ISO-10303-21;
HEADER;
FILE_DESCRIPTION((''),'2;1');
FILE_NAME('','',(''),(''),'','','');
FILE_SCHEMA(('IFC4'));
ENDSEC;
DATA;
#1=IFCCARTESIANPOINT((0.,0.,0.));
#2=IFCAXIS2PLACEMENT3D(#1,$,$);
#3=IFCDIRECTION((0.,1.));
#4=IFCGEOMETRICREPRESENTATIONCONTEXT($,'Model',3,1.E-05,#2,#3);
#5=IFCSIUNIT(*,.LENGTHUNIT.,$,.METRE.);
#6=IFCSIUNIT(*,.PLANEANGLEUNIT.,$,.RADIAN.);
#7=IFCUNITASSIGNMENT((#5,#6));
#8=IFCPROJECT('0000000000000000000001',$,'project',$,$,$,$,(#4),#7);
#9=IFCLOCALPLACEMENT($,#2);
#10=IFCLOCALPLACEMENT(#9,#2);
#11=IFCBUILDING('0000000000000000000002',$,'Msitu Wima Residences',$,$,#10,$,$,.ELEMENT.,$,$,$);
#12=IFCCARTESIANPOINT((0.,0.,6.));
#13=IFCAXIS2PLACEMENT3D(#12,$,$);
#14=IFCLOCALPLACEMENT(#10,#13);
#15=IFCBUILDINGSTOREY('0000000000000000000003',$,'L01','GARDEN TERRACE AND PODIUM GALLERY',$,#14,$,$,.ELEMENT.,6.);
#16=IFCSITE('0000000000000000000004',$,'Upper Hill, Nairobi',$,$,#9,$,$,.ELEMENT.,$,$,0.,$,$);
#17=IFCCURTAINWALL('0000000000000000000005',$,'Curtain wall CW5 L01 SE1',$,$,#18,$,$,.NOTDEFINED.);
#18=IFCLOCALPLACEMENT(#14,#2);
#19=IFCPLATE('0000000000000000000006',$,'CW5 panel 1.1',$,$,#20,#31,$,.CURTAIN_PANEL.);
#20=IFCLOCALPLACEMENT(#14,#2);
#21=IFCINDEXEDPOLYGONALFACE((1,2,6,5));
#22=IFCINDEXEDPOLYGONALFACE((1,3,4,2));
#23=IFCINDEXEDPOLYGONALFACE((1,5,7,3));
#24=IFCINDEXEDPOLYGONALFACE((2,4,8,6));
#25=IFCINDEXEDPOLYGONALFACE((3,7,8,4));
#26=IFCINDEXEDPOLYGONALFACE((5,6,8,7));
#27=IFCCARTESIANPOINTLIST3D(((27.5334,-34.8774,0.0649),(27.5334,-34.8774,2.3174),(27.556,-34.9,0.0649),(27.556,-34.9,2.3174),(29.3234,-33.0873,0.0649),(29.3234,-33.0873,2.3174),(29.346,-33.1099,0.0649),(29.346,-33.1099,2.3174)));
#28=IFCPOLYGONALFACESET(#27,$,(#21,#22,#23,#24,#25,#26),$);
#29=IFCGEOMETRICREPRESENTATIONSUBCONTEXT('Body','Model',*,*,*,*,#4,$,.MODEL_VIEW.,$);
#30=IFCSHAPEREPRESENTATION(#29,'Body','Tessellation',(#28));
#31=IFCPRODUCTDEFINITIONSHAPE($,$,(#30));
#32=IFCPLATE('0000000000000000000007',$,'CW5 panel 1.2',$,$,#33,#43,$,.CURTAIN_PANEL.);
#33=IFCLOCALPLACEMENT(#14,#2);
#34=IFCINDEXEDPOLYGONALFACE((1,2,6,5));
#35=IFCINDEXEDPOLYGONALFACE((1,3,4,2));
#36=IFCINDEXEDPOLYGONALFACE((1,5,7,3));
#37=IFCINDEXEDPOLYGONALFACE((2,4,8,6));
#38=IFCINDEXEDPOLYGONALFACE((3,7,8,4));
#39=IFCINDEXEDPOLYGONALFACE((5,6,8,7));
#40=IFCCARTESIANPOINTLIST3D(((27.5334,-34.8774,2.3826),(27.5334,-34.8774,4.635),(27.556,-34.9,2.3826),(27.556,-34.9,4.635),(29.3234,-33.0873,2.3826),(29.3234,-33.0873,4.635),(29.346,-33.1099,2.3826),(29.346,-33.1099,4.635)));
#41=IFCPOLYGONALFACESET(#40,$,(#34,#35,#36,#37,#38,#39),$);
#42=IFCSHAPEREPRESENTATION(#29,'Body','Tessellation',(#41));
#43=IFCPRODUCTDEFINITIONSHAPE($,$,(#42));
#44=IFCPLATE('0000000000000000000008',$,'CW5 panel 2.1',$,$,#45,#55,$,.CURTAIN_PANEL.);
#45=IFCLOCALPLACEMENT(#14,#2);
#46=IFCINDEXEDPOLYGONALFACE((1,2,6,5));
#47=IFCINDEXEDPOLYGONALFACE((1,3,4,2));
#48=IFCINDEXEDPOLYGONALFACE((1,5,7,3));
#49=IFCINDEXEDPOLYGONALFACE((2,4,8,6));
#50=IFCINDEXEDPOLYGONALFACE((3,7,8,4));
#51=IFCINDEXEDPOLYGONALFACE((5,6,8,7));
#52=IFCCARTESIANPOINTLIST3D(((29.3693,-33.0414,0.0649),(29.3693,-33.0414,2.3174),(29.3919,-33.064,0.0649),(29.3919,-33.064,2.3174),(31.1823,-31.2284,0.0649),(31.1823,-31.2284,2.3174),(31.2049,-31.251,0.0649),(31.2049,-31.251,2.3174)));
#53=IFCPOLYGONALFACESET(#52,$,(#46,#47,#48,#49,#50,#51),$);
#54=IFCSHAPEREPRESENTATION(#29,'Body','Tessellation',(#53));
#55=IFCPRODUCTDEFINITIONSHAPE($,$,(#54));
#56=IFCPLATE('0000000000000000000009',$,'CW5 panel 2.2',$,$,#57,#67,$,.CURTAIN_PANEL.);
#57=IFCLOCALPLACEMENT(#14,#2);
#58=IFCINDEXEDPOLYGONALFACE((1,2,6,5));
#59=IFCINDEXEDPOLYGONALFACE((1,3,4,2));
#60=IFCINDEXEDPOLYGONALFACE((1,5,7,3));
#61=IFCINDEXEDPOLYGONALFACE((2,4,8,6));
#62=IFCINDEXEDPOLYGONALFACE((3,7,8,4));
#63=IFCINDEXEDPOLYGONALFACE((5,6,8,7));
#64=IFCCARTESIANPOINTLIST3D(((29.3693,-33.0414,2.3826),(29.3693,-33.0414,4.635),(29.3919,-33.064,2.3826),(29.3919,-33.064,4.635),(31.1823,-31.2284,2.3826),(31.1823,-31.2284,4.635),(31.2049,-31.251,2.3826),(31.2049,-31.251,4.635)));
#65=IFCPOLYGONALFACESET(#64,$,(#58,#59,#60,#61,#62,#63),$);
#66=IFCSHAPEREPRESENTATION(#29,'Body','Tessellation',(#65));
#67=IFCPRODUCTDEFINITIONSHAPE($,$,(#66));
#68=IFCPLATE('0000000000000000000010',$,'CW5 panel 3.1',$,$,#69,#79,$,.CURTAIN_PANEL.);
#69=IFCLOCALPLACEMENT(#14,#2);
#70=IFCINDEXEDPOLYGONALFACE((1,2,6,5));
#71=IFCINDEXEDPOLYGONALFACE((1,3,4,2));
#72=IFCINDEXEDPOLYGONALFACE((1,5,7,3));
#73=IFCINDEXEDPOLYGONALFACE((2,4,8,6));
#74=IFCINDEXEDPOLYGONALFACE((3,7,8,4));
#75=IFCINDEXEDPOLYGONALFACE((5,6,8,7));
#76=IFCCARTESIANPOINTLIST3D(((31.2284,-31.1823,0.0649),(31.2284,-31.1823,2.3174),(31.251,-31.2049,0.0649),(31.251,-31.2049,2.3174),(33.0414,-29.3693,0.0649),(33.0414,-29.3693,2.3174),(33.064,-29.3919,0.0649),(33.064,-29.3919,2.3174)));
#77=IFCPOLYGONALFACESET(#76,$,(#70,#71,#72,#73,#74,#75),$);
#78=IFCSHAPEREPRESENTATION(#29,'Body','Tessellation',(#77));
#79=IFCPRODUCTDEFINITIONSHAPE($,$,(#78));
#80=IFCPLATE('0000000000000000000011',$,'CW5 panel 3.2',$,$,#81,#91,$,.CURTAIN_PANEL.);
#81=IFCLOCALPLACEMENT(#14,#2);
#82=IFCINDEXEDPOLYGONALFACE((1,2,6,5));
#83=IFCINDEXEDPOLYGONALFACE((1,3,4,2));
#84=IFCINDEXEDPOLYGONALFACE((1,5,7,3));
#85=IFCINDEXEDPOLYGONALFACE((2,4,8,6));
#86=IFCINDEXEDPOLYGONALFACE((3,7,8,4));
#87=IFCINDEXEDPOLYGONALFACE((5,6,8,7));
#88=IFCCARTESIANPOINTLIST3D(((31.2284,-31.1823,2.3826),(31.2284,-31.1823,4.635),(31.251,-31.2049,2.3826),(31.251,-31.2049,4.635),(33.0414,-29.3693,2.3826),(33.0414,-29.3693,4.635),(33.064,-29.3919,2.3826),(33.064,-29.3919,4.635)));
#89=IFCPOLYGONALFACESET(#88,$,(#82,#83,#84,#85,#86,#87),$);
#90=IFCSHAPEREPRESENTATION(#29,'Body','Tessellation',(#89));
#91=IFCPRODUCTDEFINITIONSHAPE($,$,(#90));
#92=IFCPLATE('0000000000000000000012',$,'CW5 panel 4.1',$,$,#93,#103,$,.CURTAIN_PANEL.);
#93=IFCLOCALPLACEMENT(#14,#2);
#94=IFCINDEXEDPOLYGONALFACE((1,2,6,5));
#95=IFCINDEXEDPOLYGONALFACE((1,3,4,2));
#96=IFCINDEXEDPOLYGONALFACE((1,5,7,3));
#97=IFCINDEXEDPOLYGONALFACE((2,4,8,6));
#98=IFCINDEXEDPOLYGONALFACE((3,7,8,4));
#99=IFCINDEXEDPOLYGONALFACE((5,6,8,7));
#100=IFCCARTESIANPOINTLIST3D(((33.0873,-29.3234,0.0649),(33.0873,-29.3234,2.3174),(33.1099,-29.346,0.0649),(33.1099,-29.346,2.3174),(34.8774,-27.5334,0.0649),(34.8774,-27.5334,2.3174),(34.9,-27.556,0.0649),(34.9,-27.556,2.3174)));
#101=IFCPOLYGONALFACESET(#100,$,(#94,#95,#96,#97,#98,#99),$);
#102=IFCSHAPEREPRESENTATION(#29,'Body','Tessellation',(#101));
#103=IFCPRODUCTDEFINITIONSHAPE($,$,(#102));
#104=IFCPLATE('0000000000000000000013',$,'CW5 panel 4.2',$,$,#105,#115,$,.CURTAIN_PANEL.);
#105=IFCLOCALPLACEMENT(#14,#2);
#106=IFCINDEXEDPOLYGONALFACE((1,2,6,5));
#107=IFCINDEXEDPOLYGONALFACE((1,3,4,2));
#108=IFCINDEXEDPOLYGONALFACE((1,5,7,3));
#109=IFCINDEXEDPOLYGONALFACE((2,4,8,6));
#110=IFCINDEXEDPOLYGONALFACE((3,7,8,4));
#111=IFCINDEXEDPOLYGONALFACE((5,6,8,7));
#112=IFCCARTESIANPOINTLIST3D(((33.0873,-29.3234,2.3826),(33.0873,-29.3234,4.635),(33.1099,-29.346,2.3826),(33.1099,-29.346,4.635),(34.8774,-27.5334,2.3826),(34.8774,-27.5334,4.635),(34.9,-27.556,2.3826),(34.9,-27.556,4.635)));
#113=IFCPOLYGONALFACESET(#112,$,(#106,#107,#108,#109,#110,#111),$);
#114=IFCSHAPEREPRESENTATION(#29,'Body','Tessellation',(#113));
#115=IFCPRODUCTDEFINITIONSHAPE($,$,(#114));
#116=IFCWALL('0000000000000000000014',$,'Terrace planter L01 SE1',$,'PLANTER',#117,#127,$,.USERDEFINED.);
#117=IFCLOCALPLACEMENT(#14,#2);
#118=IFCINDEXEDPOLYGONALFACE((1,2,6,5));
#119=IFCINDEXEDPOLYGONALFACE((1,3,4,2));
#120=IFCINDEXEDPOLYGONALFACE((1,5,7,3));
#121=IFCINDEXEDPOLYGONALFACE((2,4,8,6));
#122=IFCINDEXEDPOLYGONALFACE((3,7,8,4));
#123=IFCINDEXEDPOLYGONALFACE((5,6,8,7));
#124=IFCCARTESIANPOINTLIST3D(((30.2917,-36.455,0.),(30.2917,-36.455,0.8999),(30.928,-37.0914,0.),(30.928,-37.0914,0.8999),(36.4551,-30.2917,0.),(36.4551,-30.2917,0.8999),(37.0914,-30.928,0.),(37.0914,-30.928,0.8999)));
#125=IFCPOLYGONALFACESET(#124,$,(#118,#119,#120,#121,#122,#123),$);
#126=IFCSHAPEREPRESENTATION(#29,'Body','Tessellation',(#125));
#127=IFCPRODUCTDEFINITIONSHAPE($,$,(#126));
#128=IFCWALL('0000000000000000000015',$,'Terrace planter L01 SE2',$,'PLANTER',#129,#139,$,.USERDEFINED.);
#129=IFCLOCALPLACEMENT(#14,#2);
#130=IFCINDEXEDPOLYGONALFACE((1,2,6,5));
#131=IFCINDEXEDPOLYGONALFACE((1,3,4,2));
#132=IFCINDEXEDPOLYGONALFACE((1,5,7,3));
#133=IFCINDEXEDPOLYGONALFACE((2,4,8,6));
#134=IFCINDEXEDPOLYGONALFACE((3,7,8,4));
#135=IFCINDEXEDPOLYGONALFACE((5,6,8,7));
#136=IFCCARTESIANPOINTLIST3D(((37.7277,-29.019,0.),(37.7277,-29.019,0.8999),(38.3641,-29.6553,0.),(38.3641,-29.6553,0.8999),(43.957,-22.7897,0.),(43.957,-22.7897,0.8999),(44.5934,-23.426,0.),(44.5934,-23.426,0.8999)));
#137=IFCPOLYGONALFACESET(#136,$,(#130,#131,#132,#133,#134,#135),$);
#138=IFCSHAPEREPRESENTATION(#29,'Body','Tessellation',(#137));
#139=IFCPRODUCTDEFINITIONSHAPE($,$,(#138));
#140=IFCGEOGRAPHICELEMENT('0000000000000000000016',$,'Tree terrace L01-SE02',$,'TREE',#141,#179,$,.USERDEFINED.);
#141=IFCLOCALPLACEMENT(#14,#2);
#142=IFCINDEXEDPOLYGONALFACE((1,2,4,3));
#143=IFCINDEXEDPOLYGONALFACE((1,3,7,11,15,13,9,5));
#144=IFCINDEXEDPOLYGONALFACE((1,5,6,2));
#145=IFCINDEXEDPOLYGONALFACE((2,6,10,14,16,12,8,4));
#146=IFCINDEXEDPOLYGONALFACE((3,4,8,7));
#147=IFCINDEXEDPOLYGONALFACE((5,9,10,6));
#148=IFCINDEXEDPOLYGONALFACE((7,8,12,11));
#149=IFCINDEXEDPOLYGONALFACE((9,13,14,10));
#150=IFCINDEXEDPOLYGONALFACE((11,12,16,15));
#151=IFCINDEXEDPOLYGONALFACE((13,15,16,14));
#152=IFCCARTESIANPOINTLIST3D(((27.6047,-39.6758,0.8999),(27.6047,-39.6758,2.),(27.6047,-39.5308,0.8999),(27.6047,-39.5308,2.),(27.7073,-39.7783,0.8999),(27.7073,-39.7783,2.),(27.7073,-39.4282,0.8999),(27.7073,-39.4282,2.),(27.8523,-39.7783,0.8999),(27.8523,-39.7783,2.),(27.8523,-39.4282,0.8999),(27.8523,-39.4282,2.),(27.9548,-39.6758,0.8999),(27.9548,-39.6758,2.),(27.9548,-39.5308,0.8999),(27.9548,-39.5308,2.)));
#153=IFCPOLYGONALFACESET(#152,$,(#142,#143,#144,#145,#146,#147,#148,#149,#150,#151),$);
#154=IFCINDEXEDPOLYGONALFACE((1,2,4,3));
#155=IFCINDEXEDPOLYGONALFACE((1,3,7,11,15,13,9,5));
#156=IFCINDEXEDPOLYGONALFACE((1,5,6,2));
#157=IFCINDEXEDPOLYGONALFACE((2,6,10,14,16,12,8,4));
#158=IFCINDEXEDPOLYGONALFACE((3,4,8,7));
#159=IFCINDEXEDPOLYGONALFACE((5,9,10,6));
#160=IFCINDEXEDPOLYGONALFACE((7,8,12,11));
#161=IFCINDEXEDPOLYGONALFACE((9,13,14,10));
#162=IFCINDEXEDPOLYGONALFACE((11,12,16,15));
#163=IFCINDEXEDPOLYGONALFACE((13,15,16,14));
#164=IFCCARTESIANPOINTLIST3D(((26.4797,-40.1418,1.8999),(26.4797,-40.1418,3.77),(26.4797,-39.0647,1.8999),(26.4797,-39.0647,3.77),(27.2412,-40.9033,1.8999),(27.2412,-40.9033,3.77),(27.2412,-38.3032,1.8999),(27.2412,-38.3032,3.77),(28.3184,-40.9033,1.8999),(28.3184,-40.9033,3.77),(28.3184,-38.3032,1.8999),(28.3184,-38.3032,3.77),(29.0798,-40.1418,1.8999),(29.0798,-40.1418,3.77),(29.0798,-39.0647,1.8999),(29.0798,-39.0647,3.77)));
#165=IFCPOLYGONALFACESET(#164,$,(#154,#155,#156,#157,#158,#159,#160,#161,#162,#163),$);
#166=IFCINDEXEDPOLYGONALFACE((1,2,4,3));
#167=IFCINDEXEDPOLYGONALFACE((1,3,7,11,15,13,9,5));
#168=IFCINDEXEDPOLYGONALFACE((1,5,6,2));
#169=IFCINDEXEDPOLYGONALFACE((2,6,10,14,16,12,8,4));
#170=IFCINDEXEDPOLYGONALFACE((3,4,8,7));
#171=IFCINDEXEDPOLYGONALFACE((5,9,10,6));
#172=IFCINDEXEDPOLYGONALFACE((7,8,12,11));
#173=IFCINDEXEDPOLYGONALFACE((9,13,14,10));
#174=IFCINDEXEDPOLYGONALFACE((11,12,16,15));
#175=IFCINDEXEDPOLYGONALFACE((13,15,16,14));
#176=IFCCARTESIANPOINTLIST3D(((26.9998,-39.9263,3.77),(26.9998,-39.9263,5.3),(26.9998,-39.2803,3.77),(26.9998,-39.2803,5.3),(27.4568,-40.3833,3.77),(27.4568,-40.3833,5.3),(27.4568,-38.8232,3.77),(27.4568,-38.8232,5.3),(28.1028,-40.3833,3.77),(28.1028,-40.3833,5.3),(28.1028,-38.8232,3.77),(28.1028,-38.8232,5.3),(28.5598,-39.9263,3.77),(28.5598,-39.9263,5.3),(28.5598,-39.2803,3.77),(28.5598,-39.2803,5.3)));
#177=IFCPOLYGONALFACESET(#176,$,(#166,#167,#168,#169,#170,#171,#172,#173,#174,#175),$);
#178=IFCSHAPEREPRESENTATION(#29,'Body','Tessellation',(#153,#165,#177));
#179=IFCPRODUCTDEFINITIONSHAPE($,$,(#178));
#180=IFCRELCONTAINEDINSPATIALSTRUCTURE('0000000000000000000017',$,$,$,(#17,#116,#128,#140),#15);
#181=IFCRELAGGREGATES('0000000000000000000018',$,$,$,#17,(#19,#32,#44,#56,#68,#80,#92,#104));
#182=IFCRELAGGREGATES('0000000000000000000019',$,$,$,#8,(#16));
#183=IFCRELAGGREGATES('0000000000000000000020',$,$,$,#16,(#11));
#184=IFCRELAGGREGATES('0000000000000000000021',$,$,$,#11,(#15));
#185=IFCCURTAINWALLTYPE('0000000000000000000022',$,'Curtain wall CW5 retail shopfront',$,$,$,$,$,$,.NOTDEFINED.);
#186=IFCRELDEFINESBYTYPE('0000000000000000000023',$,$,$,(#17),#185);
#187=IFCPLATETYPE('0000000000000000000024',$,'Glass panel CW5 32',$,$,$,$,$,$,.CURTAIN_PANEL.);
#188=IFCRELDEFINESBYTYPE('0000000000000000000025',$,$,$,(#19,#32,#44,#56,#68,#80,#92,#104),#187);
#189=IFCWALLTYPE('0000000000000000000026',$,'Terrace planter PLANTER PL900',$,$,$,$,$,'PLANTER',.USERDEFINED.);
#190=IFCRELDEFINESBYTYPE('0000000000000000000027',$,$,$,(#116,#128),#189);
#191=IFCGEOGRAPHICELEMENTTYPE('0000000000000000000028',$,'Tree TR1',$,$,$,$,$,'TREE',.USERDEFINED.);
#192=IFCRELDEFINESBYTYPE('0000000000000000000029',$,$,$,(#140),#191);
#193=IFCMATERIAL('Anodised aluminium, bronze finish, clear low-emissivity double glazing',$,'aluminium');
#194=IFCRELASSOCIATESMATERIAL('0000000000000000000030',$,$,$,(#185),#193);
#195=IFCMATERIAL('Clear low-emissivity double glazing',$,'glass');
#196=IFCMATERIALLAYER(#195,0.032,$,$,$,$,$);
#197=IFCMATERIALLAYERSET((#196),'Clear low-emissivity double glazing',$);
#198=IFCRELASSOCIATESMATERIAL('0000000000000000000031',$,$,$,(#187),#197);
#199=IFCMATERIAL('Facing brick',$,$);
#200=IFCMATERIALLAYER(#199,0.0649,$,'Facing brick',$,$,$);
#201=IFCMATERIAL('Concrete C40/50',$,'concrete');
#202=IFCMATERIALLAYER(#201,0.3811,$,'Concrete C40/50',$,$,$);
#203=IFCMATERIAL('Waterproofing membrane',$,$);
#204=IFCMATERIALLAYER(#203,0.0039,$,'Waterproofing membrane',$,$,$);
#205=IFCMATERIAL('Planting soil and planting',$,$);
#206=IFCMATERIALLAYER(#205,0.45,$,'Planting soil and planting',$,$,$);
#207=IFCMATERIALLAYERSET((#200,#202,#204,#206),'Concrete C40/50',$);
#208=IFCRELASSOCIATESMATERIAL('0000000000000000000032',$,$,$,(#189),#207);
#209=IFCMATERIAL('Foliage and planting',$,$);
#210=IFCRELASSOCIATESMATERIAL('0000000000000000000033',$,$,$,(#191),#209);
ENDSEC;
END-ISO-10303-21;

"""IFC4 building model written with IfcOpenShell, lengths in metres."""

from ifc_helpers import new_model, si_unit, direction, frame, frame_2d, origin, origin_2d, place, context, subcontext, project, spatial, polyline, rectangle, outline, extrude, material, layer, layer_set, type_object, element, aggregate, save


model = new_model("IFC4")

# Units and contexts
model_context = context("Model", 3, precision=1e-05, world=origin(), true_north=direction((0.0, 1.0)))
body_context = subcontext(model_context, "Body", "Model", "MODEL_VIEW")
ifc_project = project(units=[si_unit("LENGTHUNIT", "METRE"), si_unit("PLANEANGLEUNIT", "RADIAN")], contexts=[model_context])

# Site, building, storey
site_placement = place(None, origin())
site = spatial("IfcSite", under=ifc_project, at=site_placement, Name="Upper Hill, Nairobi", CompositionType="ELEMENT", RefElevation=0.0)
building_placement = place(site_placement, origin())
building = spatial("IfcBuilding", under=site, at=building_placement, Name="Msitu Wima Residences", CompositionType="ELEMENT")
storey_placement = place(building_placement, frame((0.0, 0.0, 6.0)))
storey = spatial("IfcBuildingStorey", under=building, at=storey_placement, Name="L01", Description="GARDEN TERRACE AND PODIUM GALLERY", CompositionType="ELEMENT", Elevation=6.0)

# Curtain wall
ifc_material_1 = material(Name="Anodised aluminium, bronze finish, clear low-emissivity double glazing", Category="aluminium")
curtain_wall_type = type_object("IfcCurtainWallType", Name="Curtain wall CW5 retail shopfront", PredefinedType="NOTDEFINED", material=ifc_material_1)
curtain_wall_placement = place(storey_placement, origin())
curtain_wall = element("IfcCurtainWall", 1, at=curtain_wall_placement, inside=storey, type_object=curtain_wall_type, Name="Curtain wall CW5 L01 SE1", PredefinedType="NOTDEFINED")

# Plates
ifc_material_2 = material(Name="Clear low-emissivity double glazing", Category="glass")
ifc_layer_1 = layer(ifc_material_2, 0.032)
ifc_layer_set_1 = layer_set([ifc_layer_1], Name="Clear low-emissivity double glazing")
plate_type = type_object("IfcPlateType", Name="Glass panel CW5 32", PredefinedType="CURTAIN_PANEL", material=ifc_layer_set_1)
plate_1_placement = place(storey_placement, frame((28.4397, -33.9937, 0.0649), z_axis=(0.0, 0.0, 1.0), x_axis=(0.707107, 0.707107, 0.0)))
plate_1 = element("IfcPlate", 2, at=plate_1_placement, type_object=plate_type, Name="CW5 panel 1.1", PredefinedType="CURTAIN_PANEL", context=body_context, shape_type="SweptSolid", body=[
    extrude(rectangle(XDim=2.5315, YDim=0.032, at=origin_2d()), origin(), (0.0, 0.0, 1.0), 2.2524),
])
plate_2_placement = place(storey_placement, frame((28.4397, -33.9937, 2.3826), z_axis=(0.0, 0.0, 1.0), x_axis=(0.707107, 0.707107, 0.0)))
plate_2 = element("IfcPlate", 3, at=plate_2_placement, type_object=plate_type, Name="CW5 panel 1.2", PredefinedType="CURTAIN_PANEL", context=body_context, shape_type="SweptSolid", body=[
    extrude(rectangle(XDim=2.5315, YDim=0.032, at=origin_2d()), origin(), (0.0, 0.0, 1.0), 2.2524),
])
plate_3_placement = place(storey_placement, frame((30.2871, -32.1462, 0.0649), z_axis=(0.0, 0.0, 1.0), x_axis=(0.707107, 0.707107, 0.0)))
plate_3 = element("IfcPlate", 4, at=plate_3_placement, type_object=plate_type, Name="CW5 panel 2.1", PredefinedType="CURTAIN_PANEL", context=body_context, shape_type="SweptSolid", body=[
    extrude(rectangle(XDim=2.564, YDim=0.032, at=origin_2d()), origin(), (0.0, 0.0, 1.0), 2.2524),
])
plate_4_placement = place(storey_placement, frame((30.2871, -32.1462, 2.3826), z_axis=(0.0, 0.0, 1.0), x_axis=(0.707107, 0.707107, 0.0)))
plate_4 = element("IfcPlate", 5, at=plate_4_placement, type_object=plate_type, Name="CW5 panel 2.2", PredefinedType="CURTAIN_PANEL", context=body_context, shape_type="SweptSolid", body=[
    extrude(rectangle(XDim=2.564, YDim=0.032, at=origin_2d()), origin(), (0.0, 0.0, 1.0), 2.2524),
])
plate_5_placement = place(storey_placement, frame((32.1462, -30.2871, 0.0649), z_axis=(0.0, 0.0, 1.0), x_axis=(0.707107, 0.707107, 0.0)))
plate_5 = element("IfcPlate", 6, at=plate_5_placement, type_object=plate_type, Name="CW5 panel 3.1", PredefinedType="CURTAIN_PANEL", context=body_context, shape_type="SweptSolid", body=[
    extrude(rectangle(XDim=2.564, YDim=0.032, at=origin_2d()), origin(), (0.0, 0.0, 1.0), 2.2524),
])
plate_6_placement = place(storey_placement, frame((32.1462, -30.2871, 2.3826), z_axis=(0.0, 0.0, 1.0), x_axis=(0.707107, 0.707107, 0.0)))
plate_6 = element("IfcPlate", 7, at=plate_6_placement, type_object=plate_type, Name="CW5 panel 3.2", PredefinedType="CURTAIN_PANEL", context=body_context, shape_type="SweptSolid", body=[
    extrude(rectangle(XDim=2.564, YDim=0.032, at=origin_2d()), origin(), (0.0, 0.0, 1.0), 2.2524),
])
plate_7_placement = place(storey_placement, frame((33.9937, -28.4397, 0.0649), z_axis=(0.0, 0.0, 1.0), x_axis=(0.707107, 0.707107, 0.0)))
plate_7 = element("IfcPlate", 8, at=plate_7_placement, type_object=plate_type, Name="CW5 panel 4.1", PredefinedType="CURTAIN_PANEL", context=body_context, shape_type="SweptSolid", body=[
    extrude(rectangle(XDim=2.5315, YDim=0.032, at=origin_2d()), origin(), (0.0, 0.0, 1.0), 2.2524),
])
plate_8_placement = place(storey_placement, frame((33.9937, -28.4397, 2.3826), z_axis=(0.0, 0.0, 1.0), x_axis=(0.707107, 0.707107, 0.0)))
plate_8 = element("IfcPlate", 9, at=plate_8_placement, type_object=plate_type, Name="CW5 panel 4.2", PredefinedType="CURTAIN_PANEL", context=body_context, shape_type="SweptSolid", body=[
    extrude(rectangle(XDim=2.5315, YDim=0.032, at=origin_2d()), origin(), (0.0, 0.0, 1.0), 2.2524),
])
aggregate(curtain_wall, [plate_1, plate_2, plate_3, plate_4, plate_5, plate_6, plate_7, plate_8])

# Walls
ifc_material_3 = material(Name="Facing brick")
ifc_layer_2 = layer(ifc_material_3, 0.0649, Name="Facing brick")
ifc_material_4 = material(Name="Concrete C40/50", Category="concrete")
ifc_layer_3 = layer(ifc_material_4, 0.3811, Name="Concrete C40/50")
ifc_material_5 = material(Name="Waterproofing membrane")
ifc_layer_4 = layer(ifc_material_5, 0.0039, Name="Waterproofing membrane")
ifc_material_6 = material(Name="Planting soil and planting")
ifc_layer_5 = layer(ifc_material_6, 0.45, Name="Planting soil and planting")
ifc_layer_set_2 = layer_set([ifc_layer_2, ifc_layer_3, ifc_layer_4, ifc_layer_5], Name="Concrete C40/50")
wall_type = type_object("IfcWallType", Name="Terrace planter PLANTER PL900", ElementType="PLANTER", PredefinedType="USERDEFINED", material=ifc_layer_set_2)
wall_1_placement = place(storey_placement, frame((30.6099, -36.7732, 0.0), z_axis=(0.0, 0.0, 1.0), x_axis=(0.707107, 0.707107, 0.0)))
element("IfcWall", 10, at=wall_1_placement, inside=storey, type_object=wall_type, Name="Terrace planter L01 SE1", ObjectType="PLANTER", PredefinedType="USERDEFINED", context=body_context, shape_type="SweptSolid", body=[
    extrude(rectangle(XDim=8.7163, YDim=0.8999, at=frame_2d((4.3582, 0.0))), origin(), (0.0, 0.0, 1.0), 0.8999),
])
wall_2_placement = place(storey_placement, frame((38.0459, -29.3372, 0.0), z_axis=(0.0, 0.0, 1.0), x_axis=(0.707107, 0.707107, 0.0)))
element("IfcWall", 11, at=wall_2_placement, inside=storey, type_object=wall_type, Name="Terrace planter L01 SE2", ObjectType="PLANTER", PredefinedType="USERDEFINED", context=body_context, shape_type="SweptSolid", body=[
    extrude(rectangle(XDim=8.8096, YDim=0.8999, at=frame_2d((4.4048, 0.0))), origin(), (0.0, 0.0, 1.0), 0.8999),
])

# Geographic element
ifc_material_7 = material(Name="Foliage and planting")
geographic_element_type = type_object("IfcGeographicElementType", Name="Tree TR1", ElementType="TREE", PredefinedType="USERDEFINED", material=ifc_material_7)
for number, where, z_axis, x_axis, name in (
    (12, (27.7798, -39.6033, 0.8999), (0.0, 0.0, 1.0), (1.0, 0.0, 0.0), "Tree terrace L01-SE02"),
):
    element("IfcGeographicElement", number, at=place(storey_placement, frame(where, z_axis=z_axis, x_axis=x_axis)), inside=storey, type_object=geographic_element_type, Name=name, ObjectType="TREE", PredefinedType="USERDEFINED", context=body_context, shape_type="SweptSolid", body=[
        extrude(outline(polyline([(0.175, 0.0725), (0.0725, 0.175), (-0.0725, 0.175), (-0.175, 0.0725), (-0.175, -0.0725), (-0.0725, -0.175), (0.0725, -0.175), (0.175, -0.0725), (0.175, 0.0725)])), origin(), (0.0, 0.0, 1.0), 1.1001),
        extrude(outline(polyline([(1.3, 0.5386), (0.5386, 1.3), (-0.5386, 1.3), (-1.3, 0.5386), (-1.3, -0.5386), (-0.5386, -1.3), (0.5386, -1.3), (1.3, -0.5386), (1.3, 0.5386)])), frame((0.0, 0.0, 1.0)), (0.0, 0.0, 1.0), 1.8701),
        extrude(outline(polyline([(0.78, 0.323), (0.323, 0.78), (-0.323, 0.78), (-0.78, 0.323), (-0.78, -0.323), (-0.323, -0.78), (0.323, -0.78), (0.78, -0.323), (0.78, 0.323)])), frame((0.0, 0.0, 2.8701)), (0.0, 0.0, 1.0), 1.53),
    ])

save(model, "model.ifc")
